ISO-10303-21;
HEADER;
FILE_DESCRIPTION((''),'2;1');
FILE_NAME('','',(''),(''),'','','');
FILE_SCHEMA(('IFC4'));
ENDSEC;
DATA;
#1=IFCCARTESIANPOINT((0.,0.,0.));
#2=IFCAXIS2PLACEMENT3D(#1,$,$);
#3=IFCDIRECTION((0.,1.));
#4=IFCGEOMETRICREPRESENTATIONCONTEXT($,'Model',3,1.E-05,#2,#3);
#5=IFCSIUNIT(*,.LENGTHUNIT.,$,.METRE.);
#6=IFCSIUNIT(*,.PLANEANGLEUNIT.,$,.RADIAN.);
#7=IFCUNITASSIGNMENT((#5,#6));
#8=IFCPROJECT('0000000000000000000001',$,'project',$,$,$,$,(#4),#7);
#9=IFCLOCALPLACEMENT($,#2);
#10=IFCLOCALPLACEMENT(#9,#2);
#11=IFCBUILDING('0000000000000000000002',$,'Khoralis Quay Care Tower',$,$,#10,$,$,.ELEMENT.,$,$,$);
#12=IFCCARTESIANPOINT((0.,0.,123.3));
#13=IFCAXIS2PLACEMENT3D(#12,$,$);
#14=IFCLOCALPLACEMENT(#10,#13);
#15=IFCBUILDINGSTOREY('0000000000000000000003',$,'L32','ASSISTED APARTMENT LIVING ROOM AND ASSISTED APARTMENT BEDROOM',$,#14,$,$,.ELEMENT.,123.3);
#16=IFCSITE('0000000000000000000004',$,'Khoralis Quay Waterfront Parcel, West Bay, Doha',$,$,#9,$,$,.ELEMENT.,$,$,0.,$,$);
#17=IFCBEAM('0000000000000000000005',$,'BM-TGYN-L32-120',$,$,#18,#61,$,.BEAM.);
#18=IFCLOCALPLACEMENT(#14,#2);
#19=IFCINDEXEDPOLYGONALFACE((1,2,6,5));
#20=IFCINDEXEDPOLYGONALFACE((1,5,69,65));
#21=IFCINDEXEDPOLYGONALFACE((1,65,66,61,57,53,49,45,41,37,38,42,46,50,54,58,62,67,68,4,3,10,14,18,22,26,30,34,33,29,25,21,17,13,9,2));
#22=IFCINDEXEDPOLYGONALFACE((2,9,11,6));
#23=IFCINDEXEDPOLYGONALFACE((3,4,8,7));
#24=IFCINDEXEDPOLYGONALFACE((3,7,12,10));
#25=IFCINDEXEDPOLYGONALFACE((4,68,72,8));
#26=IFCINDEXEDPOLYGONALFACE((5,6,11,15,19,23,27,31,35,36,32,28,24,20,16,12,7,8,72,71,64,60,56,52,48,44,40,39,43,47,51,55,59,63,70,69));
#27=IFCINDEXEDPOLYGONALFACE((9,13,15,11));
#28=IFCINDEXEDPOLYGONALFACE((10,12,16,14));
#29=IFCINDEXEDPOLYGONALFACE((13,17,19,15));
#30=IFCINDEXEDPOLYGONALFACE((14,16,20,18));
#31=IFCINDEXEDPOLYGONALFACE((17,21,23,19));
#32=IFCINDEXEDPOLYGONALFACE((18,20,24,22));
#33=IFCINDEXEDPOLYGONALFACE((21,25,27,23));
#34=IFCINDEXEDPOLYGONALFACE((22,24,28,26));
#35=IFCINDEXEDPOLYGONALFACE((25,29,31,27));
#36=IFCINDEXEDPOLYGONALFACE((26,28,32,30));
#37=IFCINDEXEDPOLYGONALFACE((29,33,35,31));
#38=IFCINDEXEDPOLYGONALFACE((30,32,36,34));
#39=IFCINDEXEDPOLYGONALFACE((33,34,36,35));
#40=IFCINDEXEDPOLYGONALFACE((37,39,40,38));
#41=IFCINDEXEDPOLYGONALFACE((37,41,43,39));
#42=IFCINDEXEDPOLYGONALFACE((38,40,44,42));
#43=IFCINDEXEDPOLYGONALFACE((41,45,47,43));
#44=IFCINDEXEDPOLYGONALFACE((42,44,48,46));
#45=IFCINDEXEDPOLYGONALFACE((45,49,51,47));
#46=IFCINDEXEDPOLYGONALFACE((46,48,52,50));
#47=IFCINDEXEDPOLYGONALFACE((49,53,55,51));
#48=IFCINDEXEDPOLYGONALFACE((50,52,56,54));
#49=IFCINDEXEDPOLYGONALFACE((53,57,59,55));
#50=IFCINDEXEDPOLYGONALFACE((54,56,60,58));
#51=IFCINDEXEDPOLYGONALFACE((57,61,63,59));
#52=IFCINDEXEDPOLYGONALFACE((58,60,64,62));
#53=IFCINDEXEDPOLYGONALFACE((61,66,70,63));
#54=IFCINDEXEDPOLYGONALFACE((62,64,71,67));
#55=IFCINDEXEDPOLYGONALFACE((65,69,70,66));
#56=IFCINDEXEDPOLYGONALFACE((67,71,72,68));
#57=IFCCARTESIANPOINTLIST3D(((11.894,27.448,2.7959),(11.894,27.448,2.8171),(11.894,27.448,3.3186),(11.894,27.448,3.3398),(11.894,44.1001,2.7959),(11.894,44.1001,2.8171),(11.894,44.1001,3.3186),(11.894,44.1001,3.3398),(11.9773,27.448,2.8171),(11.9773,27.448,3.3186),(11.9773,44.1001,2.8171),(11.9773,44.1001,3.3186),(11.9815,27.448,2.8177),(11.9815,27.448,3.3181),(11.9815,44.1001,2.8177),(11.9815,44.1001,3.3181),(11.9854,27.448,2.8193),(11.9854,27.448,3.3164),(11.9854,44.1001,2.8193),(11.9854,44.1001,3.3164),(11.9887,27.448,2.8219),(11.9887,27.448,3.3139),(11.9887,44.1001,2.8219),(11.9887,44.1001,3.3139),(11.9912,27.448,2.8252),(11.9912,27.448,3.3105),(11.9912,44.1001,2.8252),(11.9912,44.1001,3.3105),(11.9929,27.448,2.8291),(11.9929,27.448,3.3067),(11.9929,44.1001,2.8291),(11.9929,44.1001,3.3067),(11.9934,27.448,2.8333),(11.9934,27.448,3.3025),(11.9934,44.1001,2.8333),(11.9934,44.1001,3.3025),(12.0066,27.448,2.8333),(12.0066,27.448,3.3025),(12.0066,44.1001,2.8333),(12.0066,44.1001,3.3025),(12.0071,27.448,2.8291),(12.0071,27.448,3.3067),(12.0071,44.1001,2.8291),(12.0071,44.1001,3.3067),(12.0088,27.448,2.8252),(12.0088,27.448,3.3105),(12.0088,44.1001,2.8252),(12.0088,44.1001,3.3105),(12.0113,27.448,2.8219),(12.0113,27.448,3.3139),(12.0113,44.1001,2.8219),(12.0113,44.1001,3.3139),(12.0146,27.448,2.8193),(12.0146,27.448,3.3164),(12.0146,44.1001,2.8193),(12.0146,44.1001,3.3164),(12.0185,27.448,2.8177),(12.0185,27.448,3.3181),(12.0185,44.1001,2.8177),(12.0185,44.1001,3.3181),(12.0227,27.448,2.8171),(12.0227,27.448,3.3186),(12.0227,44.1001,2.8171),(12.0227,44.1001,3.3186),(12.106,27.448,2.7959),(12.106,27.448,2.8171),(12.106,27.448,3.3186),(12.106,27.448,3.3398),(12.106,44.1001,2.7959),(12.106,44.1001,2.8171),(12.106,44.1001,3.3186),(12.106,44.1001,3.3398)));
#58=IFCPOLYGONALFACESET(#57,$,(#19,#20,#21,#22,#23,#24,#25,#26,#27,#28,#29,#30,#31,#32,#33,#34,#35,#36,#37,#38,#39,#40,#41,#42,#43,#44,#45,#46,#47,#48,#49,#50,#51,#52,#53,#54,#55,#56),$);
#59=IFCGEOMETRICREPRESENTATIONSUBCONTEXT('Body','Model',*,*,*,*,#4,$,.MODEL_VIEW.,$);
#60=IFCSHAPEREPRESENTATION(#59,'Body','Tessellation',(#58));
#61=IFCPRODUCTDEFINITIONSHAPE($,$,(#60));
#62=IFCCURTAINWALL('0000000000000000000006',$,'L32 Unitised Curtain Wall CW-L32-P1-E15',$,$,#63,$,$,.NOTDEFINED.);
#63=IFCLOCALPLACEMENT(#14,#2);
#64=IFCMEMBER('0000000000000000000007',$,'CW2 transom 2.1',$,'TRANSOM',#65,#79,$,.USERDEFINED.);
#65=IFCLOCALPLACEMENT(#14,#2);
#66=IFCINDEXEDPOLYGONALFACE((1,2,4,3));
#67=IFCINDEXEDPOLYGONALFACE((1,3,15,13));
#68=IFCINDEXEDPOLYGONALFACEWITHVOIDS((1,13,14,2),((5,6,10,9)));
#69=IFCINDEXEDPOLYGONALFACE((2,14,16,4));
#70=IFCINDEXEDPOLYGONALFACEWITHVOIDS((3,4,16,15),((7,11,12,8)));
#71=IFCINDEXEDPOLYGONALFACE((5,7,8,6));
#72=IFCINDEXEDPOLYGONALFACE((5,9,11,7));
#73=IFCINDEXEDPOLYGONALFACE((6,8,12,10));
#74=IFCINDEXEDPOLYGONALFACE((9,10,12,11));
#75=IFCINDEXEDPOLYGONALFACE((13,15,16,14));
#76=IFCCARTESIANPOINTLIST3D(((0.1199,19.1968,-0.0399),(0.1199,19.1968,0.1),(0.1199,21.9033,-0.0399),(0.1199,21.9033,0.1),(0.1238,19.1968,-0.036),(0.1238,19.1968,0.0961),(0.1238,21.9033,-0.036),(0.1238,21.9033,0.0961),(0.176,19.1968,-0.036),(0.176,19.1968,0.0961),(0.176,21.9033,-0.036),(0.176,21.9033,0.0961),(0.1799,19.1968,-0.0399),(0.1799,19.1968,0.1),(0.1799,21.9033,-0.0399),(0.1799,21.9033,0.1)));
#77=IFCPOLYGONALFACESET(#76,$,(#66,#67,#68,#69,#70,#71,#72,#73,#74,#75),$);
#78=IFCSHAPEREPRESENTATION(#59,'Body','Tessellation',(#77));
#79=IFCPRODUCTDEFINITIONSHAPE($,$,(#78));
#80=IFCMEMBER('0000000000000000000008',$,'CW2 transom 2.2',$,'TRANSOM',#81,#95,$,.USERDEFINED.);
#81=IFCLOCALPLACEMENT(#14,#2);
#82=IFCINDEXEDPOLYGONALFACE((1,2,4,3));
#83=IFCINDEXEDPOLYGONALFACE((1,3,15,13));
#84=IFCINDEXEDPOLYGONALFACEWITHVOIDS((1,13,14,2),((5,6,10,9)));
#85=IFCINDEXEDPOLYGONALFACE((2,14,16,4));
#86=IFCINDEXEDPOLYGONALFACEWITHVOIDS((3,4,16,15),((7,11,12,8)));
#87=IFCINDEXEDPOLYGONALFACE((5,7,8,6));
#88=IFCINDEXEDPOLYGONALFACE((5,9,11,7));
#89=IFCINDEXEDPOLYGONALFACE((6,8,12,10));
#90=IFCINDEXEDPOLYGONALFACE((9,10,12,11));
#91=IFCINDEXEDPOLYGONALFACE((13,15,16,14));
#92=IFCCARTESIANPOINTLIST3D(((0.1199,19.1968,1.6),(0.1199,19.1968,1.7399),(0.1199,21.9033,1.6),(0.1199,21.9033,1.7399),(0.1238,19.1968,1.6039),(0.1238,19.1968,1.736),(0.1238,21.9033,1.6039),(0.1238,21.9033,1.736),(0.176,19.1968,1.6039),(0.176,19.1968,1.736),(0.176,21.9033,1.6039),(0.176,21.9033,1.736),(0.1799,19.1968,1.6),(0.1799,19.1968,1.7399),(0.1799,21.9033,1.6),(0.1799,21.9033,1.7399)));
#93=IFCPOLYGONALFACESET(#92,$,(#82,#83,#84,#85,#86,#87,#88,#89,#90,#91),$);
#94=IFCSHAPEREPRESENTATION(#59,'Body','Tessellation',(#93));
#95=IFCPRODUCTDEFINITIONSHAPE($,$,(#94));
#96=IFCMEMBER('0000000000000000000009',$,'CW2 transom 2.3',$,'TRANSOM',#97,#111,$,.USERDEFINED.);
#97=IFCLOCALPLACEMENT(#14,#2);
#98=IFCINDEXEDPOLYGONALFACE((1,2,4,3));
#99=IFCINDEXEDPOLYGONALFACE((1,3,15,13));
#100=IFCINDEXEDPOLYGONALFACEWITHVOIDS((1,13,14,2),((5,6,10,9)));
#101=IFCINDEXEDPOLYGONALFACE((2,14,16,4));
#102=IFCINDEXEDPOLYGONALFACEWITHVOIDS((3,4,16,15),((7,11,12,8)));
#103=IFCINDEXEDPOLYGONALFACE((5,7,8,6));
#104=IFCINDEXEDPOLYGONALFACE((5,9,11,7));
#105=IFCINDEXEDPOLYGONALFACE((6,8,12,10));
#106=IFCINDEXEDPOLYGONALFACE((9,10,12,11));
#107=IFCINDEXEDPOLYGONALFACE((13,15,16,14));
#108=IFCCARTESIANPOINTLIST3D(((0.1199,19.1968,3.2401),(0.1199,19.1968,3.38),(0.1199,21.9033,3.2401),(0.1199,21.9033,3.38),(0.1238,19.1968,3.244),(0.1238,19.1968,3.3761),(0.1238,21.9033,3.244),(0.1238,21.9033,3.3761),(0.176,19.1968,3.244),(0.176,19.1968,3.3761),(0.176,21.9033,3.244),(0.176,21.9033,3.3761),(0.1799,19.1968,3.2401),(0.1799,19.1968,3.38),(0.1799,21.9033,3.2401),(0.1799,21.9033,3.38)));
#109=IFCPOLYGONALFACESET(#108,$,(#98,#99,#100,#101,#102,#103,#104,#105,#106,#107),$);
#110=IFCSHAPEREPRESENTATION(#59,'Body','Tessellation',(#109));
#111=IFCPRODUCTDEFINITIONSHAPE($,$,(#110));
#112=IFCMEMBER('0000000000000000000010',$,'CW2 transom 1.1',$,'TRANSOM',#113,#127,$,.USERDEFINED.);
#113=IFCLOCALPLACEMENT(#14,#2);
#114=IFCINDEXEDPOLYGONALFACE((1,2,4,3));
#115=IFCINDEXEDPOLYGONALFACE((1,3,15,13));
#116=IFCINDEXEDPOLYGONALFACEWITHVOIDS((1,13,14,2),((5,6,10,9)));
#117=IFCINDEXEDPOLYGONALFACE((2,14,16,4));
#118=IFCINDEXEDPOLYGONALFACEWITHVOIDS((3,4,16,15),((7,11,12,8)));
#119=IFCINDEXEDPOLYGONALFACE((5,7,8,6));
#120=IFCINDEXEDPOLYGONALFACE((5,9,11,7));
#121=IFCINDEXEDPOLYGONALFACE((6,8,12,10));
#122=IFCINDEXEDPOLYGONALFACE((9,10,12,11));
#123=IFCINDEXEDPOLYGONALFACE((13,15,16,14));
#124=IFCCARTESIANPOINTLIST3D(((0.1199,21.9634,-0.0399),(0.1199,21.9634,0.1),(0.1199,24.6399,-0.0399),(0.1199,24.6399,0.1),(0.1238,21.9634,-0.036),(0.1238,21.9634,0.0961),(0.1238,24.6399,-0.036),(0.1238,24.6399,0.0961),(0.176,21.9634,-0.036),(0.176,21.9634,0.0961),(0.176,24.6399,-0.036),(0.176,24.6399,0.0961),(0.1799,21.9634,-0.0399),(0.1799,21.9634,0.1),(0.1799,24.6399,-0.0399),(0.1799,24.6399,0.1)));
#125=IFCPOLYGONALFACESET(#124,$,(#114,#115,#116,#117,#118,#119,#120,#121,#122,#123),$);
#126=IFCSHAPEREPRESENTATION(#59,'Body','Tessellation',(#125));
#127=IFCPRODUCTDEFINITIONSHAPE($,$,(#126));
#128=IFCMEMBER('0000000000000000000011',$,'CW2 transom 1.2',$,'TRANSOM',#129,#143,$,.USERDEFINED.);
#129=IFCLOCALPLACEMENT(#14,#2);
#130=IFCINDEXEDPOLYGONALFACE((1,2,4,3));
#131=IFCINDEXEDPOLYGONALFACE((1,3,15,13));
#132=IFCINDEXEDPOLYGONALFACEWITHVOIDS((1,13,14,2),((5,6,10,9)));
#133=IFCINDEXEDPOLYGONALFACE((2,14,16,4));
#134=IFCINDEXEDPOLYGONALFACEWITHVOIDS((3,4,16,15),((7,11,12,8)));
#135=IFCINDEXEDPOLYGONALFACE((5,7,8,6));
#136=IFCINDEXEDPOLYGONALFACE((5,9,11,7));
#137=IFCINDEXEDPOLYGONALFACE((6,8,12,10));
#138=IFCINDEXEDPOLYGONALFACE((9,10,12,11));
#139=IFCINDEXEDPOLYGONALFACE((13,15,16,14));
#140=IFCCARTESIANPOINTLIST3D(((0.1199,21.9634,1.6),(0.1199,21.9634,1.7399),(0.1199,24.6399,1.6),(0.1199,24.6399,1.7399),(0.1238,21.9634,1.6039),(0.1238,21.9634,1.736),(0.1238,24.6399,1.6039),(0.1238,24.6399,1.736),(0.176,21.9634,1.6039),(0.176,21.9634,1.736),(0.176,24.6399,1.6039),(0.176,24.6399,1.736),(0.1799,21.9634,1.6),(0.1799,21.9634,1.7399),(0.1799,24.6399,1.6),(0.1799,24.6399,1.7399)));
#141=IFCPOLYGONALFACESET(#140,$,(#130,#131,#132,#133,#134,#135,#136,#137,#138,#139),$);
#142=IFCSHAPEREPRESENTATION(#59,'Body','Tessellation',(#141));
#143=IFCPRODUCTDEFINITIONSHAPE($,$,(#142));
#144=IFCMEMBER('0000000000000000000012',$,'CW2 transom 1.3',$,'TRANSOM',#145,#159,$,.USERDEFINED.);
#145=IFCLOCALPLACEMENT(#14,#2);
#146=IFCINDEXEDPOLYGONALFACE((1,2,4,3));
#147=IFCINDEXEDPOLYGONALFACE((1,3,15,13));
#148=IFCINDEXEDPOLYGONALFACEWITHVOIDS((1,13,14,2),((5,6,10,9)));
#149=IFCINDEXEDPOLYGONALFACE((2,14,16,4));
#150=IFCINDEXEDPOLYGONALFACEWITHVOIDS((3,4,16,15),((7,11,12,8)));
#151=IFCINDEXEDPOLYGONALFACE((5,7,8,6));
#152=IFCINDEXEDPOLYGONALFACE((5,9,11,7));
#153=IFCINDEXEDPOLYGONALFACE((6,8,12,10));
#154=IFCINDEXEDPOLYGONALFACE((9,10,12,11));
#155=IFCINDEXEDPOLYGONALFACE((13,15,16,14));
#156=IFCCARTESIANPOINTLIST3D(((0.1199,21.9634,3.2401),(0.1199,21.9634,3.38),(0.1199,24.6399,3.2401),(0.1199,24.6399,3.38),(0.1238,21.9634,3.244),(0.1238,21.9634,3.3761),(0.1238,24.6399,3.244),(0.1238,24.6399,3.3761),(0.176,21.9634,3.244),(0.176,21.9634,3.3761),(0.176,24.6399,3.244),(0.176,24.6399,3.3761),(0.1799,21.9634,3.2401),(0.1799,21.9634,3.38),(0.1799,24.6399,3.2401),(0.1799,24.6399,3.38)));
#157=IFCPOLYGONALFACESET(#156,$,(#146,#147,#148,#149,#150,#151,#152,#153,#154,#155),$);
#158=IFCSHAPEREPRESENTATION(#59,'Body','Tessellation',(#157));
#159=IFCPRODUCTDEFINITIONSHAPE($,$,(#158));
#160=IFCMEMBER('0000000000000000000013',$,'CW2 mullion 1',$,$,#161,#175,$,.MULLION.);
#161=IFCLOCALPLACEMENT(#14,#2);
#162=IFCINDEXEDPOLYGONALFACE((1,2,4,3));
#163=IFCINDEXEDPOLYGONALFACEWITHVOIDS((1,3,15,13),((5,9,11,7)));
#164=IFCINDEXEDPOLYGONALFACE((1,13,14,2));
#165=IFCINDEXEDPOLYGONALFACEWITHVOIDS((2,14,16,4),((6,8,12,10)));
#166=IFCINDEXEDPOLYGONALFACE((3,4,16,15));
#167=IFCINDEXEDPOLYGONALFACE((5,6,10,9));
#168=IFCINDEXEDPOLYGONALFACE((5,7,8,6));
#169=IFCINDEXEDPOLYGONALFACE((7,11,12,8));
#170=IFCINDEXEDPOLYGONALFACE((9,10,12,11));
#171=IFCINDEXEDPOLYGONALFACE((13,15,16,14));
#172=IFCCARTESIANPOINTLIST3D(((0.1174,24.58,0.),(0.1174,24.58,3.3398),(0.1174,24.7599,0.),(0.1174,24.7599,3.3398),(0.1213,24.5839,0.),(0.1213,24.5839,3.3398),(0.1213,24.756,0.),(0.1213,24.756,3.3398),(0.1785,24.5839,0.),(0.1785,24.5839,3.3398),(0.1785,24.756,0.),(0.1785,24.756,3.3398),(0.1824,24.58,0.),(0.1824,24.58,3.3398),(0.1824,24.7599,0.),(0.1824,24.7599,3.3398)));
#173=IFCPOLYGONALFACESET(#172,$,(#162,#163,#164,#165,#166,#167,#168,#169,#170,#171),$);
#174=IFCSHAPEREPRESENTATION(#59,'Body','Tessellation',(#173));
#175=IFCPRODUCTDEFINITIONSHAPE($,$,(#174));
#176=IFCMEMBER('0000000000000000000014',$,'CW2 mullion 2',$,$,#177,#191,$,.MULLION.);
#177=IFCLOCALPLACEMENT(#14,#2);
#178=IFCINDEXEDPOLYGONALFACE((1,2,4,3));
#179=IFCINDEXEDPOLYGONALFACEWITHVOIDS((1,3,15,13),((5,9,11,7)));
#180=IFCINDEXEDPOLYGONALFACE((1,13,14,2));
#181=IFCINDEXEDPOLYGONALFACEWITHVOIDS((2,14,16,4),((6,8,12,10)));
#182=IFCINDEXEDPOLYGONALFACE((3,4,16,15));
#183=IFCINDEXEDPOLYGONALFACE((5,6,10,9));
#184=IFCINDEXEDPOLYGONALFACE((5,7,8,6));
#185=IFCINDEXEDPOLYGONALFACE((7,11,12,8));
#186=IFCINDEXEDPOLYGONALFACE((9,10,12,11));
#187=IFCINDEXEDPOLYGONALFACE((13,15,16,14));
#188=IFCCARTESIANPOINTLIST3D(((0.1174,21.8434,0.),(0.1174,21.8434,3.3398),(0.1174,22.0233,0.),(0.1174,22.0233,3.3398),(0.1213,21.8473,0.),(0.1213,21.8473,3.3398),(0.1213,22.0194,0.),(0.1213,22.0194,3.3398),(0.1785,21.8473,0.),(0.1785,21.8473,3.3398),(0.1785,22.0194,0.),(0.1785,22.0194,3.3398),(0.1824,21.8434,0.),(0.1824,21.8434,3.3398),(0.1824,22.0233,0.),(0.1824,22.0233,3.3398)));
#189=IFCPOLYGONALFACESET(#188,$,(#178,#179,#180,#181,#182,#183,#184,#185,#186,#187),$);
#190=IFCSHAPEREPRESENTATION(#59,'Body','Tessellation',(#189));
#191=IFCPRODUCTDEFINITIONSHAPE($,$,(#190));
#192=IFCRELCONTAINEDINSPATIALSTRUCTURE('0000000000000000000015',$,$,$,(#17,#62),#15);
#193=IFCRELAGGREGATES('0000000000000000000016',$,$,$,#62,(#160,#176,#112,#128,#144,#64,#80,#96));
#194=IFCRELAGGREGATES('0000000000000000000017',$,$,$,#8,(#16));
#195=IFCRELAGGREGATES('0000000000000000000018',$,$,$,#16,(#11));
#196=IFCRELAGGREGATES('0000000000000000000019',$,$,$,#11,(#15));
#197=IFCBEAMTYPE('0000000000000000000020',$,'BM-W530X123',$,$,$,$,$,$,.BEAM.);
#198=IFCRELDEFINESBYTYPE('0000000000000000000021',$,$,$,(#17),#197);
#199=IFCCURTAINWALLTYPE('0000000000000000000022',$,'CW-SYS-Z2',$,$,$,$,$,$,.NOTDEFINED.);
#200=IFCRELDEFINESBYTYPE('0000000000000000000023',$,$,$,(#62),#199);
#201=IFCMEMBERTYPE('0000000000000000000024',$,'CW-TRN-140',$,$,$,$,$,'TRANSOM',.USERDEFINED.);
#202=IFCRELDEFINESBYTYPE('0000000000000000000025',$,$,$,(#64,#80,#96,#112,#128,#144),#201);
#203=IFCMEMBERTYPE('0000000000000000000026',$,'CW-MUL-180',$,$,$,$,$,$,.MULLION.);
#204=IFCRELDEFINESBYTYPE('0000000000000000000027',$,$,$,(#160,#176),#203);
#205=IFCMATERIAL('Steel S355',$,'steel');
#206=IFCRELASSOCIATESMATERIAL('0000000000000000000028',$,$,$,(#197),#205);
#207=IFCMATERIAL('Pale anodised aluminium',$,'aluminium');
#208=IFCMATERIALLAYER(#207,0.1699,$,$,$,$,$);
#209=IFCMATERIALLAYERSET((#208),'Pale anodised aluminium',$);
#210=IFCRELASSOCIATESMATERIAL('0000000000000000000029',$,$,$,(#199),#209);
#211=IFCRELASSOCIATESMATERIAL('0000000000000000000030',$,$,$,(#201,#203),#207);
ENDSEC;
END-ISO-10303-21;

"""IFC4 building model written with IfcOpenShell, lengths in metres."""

from ifc_helpers import new_model, si_unit, direction, frame, origin, origin_2d, place, context, subcontext, project, spatial, hollow_rectangle, i_section, extrude, source, transform, mapped, material, layer, layer_set, material_profile, profile_set, type_object, element, aggregate, save


model = new_model("IFC4")

# Units and contexts
model_context = context("Model", 3, precision=1e-05, world=origin(), true_north=direction((0.0, 1.0)))
body_context = subcontext(model_context, "Body", "Model", "MODEL_VIEW")
ifc_project = project(units=[si_unit("LENGTHUNIT", "METRE"), si_unit("PLANEANGLEUNIT", "RADIAN")], contexts=[model_context])

# Site, building, storey
site_placement = place(None, origin())
site = spatial("IfcSite", under=ifc_project, at=site_placement, Name="Khoralis Quay Waterfront Parcel, West Bay, Doha", CompositionType="ELEMENT", RefElevation=0.0)
building_placement = place(site_placement, origin())
building = spatial("IfcBuilding", under=site, at=building_placement, Name="Khoralis Quay Care Tower", CompositionType="ELEMENT")
storey_placement = place(building_placement, frame((0.0, 0.0, 123.3)))
storey = spatial("IfcBuildingStorey", under=building, at=storey_placement, Name="L32", Description="ASSISTED APARTMENT LIVING ROOM AND ASSISTED APARTMENT BEDROOM", CompositionType="ELEMENT", Elevation=123.3)

# Beam
ifc_material_1 = material(Name="Steel S355", Category="steel")
ifc_material_profile_1 = material_profile(ifc_material_1, i_section(OverallWidth=0.2119, OverallDepth=0.5439, WebThickness=0.0132, FlangeThickness=0.0212, FilletRadius=0.0161, at=origin_2d()), Name="Steel S355")
ifc_profile_set_1 = profile_set([ifc_material_profile_1], Name="Steel S355")
beam_type_1 = type_object("IfcBeamType", Name="BM-W530X123", PredefinedType="BEAM", material=ifc_profile_set_1)
shared_shape_1 = source(origin(), body_context, "Body", "SweptSolid", [
    extrude(i_section(OverallWidth=0.2119, OverallDepth=0.5439, WebThickness=0.0132, FlangeThickness=0.0212, FilletRadius=0.0161, at=origin_2d()), origin(), (0.0, 0.0, 1.0), 16.6521),
])
beam_1_placement = place(storey_placement, frame((12.0, 27.448, 3.0679), z_axis=(0.0, 1.0, 0.0), x_axis=(-1.0, 0.0, 0.0)))
element("IfcBeam", 1, at=beam_1_placement, inside=storey, type_object=beam_type_1, Name="BM-TGYN-L32-120", PredefinedType="BEAM", context=body_context, shape_type="MappedRepresentation", body=[
    mapped(shared_shape_1, transform((0.0, 0.0, 0.0), scale=1.0)),
])

# Curtain wall, members
ifc_material_2 = material(Name="Pale anodised aluminium", Category="aluminium")
ifc_layer_1 = layer(ifc_material_2, 0.1699)
ifc_layer_set_1 = layer_set([ifc_layer_1], Name="Pale anodised aluminium")
curtain_wall_type = type_object("IfcCurtainWallType", Name="CW-SYS-Z2", PredefinedType="NOTDEFINED", material=ifc_layer_set_1)
curtain_wall_placement = place(storey_placement, origin())
curtain_wall = element("IfcCurtainWall", 2, at=curtain_wall_placement, inside=storey, type_object=curtain_wall_type, Name="L32 Unitised Curtain Wall CW-L32-P1-E15", PredefinedType="NOTDEFINED")
ifc_material_profile_2 = material_profile(ifc_material_2, hollow_rectangle(XDim=0.0601, YDim=0.1399, WallThickness=0.0039, at=origin_2d()), Name="Pale anodised aluminium")
ifc_profile_set_2 = profile_set([ifc_material_profile_2], Name="Pale anodised aluminium")
member_type_1 = type_object("IfcMemberType", Name="CW-TRN-140", ElementType="TRANSOM", PredefinedType="USERDEFINED", material=ifc_profile_set_2)
shared_shape_2 = source(origin(), body_context, "Body", "SweptSolid", [
    extrude(hollow_rectangle(XDim=0.0601, YDim=0.1399, WallThickness=0.0039, at=origin_2d()), origin(), (0.0, 0.0, 1.0), 2.7065),
])
member_1_placement = place(storey_placement, frame((0.1499, 21.9033, 0.03), z_axis=(0.0, -1.0, 0.0), x_axis=(1.0, 0.0, 0.0)))
member_1 = element("IfcMember", 3, at=member_1_placement, type_object=member_type_1, Name="CW2 transom 2.1", ObjectType="TRANSOM", PredefinedType="USERDEFINED", context=body_context, shape_type="MappedRepresentation", body=[
    mapped(shared_shape_2, transform((0.0, 0.0, 0.0), scale=1.0)),
])
member_2_placement = place(storey_placement, frame((0.1499, 21.9033, 1.6699), z_axis=(0.0, -1.0, 0.0), x_axis=(1.0, 0.0, 0.0)))
member_2 = element("IfcMember", 4, at=member_2_placement, type_object=member_type_1, Name="CW2 transom 2.2", ObjectType="TRANSOM", PredefinedType="USERDEFINED", context=body_context, shape_type="MappedRepresentation", body=[
    mapped(shared_shape_2, transform((0.0, 0.0, 0.0), scale=1.0)),
])
member_3_placement = place(storey_placement, frame((0.1499, 21.9033, 3.3101), z_axis=(0.0, -1.0, 0.0), x_axis=(1.0, 0.0, 0.0)))
member_3 = element("IfcMember", 5, at=member_3_placement, type_object=member_type_1, Name="CW2 transom 2.3", ObjectType="TRANSOM", PredefinedType="USERDEFINED", context=body_context, shape_type="MappedRepresentation", body=[
    mapped(shared_shape_2, transform((0.0, 0.0, 0.0), scale=1.0)),
])
shared_shape_3 = source(origin(), body_context, "Body", "SweptSolid", [
    extrude(hollow_rectangle(XDim=0.0601, YDim=0.1399, WallThickness=0.0039, at=origin_2d()), origin(), (0.0, 0.0, 1.0), 2.6765),
])
member_4_placement = place(storey_placement, frame((0.1499, 24.6399, 0.03), z_axis=(0.0, -1.0, 0.0), x_axis=(1.0, 0.0, 0.0)))
member_4 = element("IfcMember", 6, at=member_4_placement, type_object=member_type_1, Name="CW2 transom 1.1", ObjectType="TRANSOM", PredefinedType="USERDEFINED", context=body_context, shape_type="MappedRepresentation", body=[
    mapped(shared_shape_3, transform((0.0, 0.0, 0.0), scale=1.0)),
])
member_5_placement = place(storey_placement, frame((0.1499, 24.6399, 1.6699), z_axis=(0.0, -1.0, 0.0), x_axis=(1.0, 0.0, 0.0)))
member_5 = element("IfcMember", 7, at=member_5_placement, type_object=member_type_1, Name="CW2 transom 1.2", ObjectType="TRANSOM", PredefinedType="USERDEFINED", context=body_context, shape_type="MappedRepresentation", body=[
    mapped(shared_shape_3, transform((0.0, 0.0, 0.0), scale=1.0)),
])
member_6_placement = place(storey_placement, frame((0.1499, 24.6399, 3.3101), z_axis=(0.0, -1.0, 0.0), x_axis=(1.0, 0.0, 0.0)))
member_6 = element("IfcMember", 8, at=member_6_placement, type_object=member_type_1, Name="CW2 transom 1.3", ObjectType="TRANSOM", PredefinedType="USERDEFINED", context=body_context, shape_type="MappedRepresentation", body=[
    mapped(shared_shape_3, transform((0.0, 0.0, 0.0), scale=1.0)),
])
ifc_material_profile_3 = material_profile(ifc_material_2, hollow_rectangle(XDim=0.0649, YDim=0.1799, WallThickness=0.0039, at=origin_2d()), Name="Pale anodised aluminium")
ifc_profile_set_3 = profile_set([ifc_material_profile_3], Name="Pale anodised aluminium")
member_type_2 = type_object("IfcMemberType", Name="CW-MUL-180", PredefinedType="MULLION", material=ifc_profile_set_3)
shared_shape_4 = source(origin(), body_context, "Body", "SweptSolid", [
    extrude(hollow_rectangle(XDim=0.0649, YDim=0.1799, WallThickness=0.0039, at=origin_2d()), origin(), (0.0, 0.0, 1.0), 3.3398),
])
member_7_placement = place(storey_placement, frame((0.1499, 24.6699, 0.0), z_axis=(0.0, 0.0, 1.0), x_axis=(1.0, 0.0, 0.0)))
member_7 = element("IfcMember", 9, at=member_7_placement, type_object=member_type_2, Name="CW2 mullion 1", PredefinedType="MULLION", context=body_context, shape_type="MappedRepresentation", body=[
    mapped(shared_shape_4, transform((0.0, 0.0, 0.0), scale=1.0)),
])
member_8_placement = place(storey_placement, frame((0.1499, 21.9333, 0.0), z_axis=(0.0, 0.0, 1.0), x_axis=(1.0, 0.0, 0.0)))
member_8 = element("IfcMember", 10, at=member_8_placement, type_object=member_type_2, Name="CW2 mullion 2", PredefinedType="MULLION", context=body_context, shape_type="MappedRepresentation", body=[
    mapped(shared_shape_4, transform((0.0, 0.0, 0.0), scale=1.0)),
])
aggregate(curtain_wall, [member_7, member_8, member_4, member_5, member_6, member_1, member_2, member_3])

save(model, "model.ifc")
